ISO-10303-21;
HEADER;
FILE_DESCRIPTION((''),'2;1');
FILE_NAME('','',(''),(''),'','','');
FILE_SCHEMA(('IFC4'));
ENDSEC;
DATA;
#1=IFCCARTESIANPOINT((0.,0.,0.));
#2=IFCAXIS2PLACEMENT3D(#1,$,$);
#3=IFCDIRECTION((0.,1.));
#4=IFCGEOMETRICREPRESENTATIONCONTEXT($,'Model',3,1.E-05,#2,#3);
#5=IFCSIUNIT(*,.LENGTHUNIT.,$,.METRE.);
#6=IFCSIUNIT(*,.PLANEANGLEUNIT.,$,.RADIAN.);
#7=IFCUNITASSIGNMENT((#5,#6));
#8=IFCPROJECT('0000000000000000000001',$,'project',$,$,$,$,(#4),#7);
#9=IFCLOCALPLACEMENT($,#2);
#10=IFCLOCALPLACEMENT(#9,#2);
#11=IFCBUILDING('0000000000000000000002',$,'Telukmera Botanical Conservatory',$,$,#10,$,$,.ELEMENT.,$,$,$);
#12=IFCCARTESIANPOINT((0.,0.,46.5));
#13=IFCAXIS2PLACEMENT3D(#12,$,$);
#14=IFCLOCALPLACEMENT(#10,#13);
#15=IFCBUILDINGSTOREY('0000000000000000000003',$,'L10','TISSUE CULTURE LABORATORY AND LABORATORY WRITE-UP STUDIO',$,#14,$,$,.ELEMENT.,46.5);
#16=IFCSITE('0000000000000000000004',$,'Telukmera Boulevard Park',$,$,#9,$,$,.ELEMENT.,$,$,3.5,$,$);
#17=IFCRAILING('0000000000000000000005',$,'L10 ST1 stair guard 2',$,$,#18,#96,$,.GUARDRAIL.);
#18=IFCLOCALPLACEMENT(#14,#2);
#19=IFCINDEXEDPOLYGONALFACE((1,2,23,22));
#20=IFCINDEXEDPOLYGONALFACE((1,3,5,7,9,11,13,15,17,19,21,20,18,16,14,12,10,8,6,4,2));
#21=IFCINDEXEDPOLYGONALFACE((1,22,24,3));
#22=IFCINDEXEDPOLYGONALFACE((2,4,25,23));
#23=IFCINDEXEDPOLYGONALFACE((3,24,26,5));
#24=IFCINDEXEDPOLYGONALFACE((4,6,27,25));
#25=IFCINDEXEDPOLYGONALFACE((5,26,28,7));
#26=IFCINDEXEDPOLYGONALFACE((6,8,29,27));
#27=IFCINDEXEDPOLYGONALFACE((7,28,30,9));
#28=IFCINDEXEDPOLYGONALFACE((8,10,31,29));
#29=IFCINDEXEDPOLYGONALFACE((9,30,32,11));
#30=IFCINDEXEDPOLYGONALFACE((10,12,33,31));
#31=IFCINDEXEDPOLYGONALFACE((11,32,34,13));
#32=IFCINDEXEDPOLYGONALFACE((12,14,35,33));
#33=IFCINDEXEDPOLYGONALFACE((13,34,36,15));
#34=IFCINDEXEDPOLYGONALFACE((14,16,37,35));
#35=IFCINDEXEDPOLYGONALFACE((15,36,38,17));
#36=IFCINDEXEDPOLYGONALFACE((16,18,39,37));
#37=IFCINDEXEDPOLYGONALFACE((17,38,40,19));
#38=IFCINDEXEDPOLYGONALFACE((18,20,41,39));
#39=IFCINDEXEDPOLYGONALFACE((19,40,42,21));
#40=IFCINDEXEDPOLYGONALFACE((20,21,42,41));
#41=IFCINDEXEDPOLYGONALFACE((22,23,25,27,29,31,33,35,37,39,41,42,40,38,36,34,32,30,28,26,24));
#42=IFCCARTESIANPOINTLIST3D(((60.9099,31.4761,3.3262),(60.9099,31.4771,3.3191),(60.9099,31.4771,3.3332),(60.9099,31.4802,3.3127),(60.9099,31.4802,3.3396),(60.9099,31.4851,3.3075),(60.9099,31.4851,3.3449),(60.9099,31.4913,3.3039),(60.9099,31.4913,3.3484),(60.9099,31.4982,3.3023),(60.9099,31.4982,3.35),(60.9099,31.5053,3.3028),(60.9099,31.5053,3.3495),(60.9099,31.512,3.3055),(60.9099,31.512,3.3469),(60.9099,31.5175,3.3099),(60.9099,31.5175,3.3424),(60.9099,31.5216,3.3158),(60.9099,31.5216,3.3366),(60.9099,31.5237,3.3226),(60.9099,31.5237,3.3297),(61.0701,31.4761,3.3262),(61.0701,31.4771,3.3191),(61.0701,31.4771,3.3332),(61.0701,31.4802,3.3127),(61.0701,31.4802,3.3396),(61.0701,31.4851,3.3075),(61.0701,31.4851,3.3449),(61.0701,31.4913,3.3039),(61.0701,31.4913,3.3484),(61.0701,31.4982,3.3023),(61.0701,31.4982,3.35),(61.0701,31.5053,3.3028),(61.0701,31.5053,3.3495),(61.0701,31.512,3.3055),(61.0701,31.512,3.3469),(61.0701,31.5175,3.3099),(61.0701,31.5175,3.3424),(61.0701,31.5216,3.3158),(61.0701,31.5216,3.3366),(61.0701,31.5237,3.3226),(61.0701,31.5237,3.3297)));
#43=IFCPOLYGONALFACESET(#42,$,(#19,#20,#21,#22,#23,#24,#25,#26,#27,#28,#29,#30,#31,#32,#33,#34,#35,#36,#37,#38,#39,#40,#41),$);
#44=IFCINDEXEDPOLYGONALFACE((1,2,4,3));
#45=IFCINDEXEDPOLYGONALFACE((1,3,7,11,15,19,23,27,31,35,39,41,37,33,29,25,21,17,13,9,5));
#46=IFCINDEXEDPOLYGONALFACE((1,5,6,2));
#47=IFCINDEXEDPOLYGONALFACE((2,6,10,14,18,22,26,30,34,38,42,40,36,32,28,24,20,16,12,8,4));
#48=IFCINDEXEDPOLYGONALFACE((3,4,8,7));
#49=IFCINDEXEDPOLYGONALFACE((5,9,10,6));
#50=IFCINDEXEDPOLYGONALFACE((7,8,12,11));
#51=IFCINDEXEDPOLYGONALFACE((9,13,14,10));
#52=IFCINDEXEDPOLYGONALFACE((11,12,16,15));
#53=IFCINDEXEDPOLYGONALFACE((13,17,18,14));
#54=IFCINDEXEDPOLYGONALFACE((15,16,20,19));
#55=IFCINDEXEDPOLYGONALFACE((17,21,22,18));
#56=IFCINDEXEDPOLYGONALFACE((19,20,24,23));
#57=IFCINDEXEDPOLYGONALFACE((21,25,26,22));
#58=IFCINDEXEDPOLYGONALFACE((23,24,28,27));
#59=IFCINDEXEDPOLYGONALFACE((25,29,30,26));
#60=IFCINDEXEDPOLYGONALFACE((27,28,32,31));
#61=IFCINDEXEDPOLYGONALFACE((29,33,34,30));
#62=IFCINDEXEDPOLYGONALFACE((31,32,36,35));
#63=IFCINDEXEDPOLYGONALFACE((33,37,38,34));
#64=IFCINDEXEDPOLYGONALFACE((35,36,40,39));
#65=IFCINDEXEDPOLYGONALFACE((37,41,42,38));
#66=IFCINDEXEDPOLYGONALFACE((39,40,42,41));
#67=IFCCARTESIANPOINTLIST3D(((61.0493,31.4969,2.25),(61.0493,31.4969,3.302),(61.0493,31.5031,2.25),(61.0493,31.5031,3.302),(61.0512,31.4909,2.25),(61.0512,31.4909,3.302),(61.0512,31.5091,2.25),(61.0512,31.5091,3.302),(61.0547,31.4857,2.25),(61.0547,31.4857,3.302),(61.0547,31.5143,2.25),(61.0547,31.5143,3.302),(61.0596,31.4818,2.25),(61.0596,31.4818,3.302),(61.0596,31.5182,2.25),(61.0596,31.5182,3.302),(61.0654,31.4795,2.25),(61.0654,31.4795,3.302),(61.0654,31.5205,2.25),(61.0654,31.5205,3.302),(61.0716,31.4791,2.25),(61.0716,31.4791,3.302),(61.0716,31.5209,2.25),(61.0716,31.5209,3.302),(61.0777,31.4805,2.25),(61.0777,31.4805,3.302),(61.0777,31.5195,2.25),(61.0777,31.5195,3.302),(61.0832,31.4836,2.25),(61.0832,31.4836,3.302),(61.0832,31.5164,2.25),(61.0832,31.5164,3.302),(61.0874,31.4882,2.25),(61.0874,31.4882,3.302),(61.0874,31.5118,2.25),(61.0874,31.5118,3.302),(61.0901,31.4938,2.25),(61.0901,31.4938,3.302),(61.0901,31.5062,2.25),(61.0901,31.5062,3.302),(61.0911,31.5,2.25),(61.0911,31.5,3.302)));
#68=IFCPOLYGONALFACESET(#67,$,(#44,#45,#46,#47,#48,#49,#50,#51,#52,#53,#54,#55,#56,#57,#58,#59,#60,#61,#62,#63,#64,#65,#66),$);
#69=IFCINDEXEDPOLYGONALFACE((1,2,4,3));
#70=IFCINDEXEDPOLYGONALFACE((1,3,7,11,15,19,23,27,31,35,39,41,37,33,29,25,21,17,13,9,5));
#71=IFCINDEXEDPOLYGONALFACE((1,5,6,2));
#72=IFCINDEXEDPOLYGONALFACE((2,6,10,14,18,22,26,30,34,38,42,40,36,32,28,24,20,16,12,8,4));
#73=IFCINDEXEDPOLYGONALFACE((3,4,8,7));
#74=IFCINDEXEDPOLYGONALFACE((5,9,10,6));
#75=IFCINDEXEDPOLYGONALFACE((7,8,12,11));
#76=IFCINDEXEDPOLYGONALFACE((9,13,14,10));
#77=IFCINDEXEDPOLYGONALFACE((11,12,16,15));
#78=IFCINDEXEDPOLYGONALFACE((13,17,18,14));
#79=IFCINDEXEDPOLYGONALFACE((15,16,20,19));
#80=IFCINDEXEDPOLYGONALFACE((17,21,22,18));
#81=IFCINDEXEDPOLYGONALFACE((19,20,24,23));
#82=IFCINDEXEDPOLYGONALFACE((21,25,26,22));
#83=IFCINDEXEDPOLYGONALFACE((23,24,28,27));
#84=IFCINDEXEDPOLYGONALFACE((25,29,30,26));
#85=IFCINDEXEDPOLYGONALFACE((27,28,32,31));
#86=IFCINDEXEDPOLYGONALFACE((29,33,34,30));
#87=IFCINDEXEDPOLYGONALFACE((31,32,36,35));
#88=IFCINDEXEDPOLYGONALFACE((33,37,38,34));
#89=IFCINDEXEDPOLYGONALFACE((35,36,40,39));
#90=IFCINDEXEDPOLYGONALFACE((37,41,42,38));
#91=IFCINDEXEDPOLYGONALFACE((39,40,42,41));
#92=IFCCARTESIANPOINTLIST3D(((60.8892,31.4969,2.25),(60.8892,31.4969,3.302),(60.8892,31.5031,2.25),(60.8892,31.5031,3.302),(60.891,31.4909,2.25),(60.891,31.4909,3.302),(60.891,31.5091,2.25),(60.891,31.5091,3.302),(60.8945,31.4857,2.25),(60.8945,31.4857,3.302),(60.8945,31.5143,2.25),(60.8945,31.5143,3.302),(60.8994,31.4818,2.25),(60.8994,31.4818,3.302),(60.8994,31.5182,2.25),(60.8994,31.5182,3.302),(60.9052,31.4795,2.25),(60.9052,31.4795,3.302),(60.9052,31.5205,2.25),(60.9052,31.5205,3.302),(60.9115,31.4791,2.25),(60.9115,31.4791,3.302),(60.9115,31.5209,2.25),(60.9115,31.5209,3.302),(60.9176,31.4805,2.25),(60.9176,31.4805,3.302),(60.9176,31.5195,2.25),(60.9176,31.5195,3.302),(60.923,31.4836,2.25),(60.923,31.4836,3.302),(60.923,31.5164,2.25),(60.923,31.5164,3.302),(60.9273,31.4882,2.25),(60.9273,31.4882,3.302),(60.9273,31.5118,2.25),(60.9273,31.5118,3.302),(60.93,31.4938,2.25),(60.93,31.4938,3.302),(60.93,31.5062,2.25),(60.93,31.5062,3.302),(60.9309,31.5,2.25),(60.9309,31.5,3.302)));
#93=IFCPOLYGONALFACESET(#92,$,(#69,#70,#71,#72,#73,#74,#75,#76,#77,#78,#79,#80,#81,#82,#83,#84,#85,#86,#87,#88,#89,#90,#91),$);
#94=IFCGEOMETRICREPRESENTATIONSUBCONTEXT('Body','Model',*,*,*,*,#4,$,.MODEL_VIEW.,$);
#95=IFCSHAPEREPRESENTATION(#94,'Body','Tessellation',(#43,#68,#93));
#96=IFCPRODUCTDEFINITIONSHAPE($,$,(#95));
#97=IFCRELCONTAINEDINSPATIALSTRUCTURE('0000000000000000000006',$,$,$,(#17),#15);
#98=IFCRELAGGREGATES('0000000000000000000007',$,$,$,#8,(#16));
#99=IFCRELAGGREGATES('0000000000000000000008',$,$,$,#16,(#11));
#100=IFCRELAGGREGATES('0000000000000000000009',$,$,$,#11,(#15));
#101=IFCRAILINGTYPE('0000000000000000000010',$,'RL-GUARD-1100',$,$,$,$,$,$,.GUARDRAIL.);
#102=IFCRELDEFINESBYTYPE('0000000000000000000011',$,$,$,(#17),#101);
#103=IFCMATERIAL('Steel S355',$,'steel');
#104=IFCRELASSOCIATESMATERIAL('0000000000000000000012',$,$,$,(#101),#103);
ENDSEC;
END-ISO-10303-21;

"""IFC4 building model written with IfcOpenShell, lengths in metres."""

from ifc_helpers import new_model, si_unit, direction, frame, origin, origin_2d, place, context, subcontext, project, spatial, circle, extrude, material, type_object, element, save


model = new_model("IFC4")

# Units and contexts
model_context = context("Model", 3, precision=1e-05, world=origin(), true_north=direction((0.0, 1.0)))
body_context = subcontext(model_context, "Body", "Model", "MODEL_VIEW")
ifc_project = project(units=[si_unit("LENGTHUNIT", "METRE"), si_unit("PLANEANGLEUNIT", "RADIAN")], contexts=[model_context])

# Site, building, storey
site_placement = place(None, origin())
site = spatial("IfcSite", under=ifc_project, at=site_placement, Name="Telukmera Boulevard Park", CompositionType="ELEMENT", RefElevation=3.5)
building_placement = place(site_placement, origin())
building = spatial("IfcBuilding", under=site, at=building_placement, Name="Telukmera Botanical Conservatory", CompositionType="ELEMENT")
storey_placement = place(building_placement, frame((0.0, 0.0, 46.5)))
storey = spatial("IfcBuildingStorey", under=building, at=storey_placement, Name="L10", Description="TISSUE CULTURE LABORATORY AND LABORATORY WRITE-UP STUDIO", CompositionType="ELEMENT", Elevation=46.5)

# Railing
ifc_material_1 = material(Name="Steel S355", Category="steel")
railing_type_1 = type_object("IfcRailingType", Name="RL-GUARD-1100", PredefinedType="GUARDRAIL", material=ifc_material_1)
railing_1_placement = place(storey_placement, frame((61.0701, 31.5, 2.25)))
element("IfcRailing", 1, at=railing_1_placement, inside=storey, type_object=railing_type_1, Name="L10 ST1 stair guard 2", PredefinedType="GUARDRAIL", context=body_context, shape_type="SweptSolid", body=[
    extrude(circle(Radius=0.0239, at=origin_2d()), frame((0.0, 0.0, 1.0762), z_axis=(-1.0, 0.0, 0.0), x_axis=(0.0, -1.0, 0.0)), (0.0, 0.0, 1.0), 0.1602),
    extrude(circle(Radius=0.021, at=origin_2d()), origin(), (0.0, 0.0, 1.0), 1.052),
    extrude(circle(Radius=0.021, at=origin_2d()), frame((-0.1602, 0.0, 0.0)), (0.0, 0.0, 1.0), 1.052),
])

save(model, "model.ifc")
